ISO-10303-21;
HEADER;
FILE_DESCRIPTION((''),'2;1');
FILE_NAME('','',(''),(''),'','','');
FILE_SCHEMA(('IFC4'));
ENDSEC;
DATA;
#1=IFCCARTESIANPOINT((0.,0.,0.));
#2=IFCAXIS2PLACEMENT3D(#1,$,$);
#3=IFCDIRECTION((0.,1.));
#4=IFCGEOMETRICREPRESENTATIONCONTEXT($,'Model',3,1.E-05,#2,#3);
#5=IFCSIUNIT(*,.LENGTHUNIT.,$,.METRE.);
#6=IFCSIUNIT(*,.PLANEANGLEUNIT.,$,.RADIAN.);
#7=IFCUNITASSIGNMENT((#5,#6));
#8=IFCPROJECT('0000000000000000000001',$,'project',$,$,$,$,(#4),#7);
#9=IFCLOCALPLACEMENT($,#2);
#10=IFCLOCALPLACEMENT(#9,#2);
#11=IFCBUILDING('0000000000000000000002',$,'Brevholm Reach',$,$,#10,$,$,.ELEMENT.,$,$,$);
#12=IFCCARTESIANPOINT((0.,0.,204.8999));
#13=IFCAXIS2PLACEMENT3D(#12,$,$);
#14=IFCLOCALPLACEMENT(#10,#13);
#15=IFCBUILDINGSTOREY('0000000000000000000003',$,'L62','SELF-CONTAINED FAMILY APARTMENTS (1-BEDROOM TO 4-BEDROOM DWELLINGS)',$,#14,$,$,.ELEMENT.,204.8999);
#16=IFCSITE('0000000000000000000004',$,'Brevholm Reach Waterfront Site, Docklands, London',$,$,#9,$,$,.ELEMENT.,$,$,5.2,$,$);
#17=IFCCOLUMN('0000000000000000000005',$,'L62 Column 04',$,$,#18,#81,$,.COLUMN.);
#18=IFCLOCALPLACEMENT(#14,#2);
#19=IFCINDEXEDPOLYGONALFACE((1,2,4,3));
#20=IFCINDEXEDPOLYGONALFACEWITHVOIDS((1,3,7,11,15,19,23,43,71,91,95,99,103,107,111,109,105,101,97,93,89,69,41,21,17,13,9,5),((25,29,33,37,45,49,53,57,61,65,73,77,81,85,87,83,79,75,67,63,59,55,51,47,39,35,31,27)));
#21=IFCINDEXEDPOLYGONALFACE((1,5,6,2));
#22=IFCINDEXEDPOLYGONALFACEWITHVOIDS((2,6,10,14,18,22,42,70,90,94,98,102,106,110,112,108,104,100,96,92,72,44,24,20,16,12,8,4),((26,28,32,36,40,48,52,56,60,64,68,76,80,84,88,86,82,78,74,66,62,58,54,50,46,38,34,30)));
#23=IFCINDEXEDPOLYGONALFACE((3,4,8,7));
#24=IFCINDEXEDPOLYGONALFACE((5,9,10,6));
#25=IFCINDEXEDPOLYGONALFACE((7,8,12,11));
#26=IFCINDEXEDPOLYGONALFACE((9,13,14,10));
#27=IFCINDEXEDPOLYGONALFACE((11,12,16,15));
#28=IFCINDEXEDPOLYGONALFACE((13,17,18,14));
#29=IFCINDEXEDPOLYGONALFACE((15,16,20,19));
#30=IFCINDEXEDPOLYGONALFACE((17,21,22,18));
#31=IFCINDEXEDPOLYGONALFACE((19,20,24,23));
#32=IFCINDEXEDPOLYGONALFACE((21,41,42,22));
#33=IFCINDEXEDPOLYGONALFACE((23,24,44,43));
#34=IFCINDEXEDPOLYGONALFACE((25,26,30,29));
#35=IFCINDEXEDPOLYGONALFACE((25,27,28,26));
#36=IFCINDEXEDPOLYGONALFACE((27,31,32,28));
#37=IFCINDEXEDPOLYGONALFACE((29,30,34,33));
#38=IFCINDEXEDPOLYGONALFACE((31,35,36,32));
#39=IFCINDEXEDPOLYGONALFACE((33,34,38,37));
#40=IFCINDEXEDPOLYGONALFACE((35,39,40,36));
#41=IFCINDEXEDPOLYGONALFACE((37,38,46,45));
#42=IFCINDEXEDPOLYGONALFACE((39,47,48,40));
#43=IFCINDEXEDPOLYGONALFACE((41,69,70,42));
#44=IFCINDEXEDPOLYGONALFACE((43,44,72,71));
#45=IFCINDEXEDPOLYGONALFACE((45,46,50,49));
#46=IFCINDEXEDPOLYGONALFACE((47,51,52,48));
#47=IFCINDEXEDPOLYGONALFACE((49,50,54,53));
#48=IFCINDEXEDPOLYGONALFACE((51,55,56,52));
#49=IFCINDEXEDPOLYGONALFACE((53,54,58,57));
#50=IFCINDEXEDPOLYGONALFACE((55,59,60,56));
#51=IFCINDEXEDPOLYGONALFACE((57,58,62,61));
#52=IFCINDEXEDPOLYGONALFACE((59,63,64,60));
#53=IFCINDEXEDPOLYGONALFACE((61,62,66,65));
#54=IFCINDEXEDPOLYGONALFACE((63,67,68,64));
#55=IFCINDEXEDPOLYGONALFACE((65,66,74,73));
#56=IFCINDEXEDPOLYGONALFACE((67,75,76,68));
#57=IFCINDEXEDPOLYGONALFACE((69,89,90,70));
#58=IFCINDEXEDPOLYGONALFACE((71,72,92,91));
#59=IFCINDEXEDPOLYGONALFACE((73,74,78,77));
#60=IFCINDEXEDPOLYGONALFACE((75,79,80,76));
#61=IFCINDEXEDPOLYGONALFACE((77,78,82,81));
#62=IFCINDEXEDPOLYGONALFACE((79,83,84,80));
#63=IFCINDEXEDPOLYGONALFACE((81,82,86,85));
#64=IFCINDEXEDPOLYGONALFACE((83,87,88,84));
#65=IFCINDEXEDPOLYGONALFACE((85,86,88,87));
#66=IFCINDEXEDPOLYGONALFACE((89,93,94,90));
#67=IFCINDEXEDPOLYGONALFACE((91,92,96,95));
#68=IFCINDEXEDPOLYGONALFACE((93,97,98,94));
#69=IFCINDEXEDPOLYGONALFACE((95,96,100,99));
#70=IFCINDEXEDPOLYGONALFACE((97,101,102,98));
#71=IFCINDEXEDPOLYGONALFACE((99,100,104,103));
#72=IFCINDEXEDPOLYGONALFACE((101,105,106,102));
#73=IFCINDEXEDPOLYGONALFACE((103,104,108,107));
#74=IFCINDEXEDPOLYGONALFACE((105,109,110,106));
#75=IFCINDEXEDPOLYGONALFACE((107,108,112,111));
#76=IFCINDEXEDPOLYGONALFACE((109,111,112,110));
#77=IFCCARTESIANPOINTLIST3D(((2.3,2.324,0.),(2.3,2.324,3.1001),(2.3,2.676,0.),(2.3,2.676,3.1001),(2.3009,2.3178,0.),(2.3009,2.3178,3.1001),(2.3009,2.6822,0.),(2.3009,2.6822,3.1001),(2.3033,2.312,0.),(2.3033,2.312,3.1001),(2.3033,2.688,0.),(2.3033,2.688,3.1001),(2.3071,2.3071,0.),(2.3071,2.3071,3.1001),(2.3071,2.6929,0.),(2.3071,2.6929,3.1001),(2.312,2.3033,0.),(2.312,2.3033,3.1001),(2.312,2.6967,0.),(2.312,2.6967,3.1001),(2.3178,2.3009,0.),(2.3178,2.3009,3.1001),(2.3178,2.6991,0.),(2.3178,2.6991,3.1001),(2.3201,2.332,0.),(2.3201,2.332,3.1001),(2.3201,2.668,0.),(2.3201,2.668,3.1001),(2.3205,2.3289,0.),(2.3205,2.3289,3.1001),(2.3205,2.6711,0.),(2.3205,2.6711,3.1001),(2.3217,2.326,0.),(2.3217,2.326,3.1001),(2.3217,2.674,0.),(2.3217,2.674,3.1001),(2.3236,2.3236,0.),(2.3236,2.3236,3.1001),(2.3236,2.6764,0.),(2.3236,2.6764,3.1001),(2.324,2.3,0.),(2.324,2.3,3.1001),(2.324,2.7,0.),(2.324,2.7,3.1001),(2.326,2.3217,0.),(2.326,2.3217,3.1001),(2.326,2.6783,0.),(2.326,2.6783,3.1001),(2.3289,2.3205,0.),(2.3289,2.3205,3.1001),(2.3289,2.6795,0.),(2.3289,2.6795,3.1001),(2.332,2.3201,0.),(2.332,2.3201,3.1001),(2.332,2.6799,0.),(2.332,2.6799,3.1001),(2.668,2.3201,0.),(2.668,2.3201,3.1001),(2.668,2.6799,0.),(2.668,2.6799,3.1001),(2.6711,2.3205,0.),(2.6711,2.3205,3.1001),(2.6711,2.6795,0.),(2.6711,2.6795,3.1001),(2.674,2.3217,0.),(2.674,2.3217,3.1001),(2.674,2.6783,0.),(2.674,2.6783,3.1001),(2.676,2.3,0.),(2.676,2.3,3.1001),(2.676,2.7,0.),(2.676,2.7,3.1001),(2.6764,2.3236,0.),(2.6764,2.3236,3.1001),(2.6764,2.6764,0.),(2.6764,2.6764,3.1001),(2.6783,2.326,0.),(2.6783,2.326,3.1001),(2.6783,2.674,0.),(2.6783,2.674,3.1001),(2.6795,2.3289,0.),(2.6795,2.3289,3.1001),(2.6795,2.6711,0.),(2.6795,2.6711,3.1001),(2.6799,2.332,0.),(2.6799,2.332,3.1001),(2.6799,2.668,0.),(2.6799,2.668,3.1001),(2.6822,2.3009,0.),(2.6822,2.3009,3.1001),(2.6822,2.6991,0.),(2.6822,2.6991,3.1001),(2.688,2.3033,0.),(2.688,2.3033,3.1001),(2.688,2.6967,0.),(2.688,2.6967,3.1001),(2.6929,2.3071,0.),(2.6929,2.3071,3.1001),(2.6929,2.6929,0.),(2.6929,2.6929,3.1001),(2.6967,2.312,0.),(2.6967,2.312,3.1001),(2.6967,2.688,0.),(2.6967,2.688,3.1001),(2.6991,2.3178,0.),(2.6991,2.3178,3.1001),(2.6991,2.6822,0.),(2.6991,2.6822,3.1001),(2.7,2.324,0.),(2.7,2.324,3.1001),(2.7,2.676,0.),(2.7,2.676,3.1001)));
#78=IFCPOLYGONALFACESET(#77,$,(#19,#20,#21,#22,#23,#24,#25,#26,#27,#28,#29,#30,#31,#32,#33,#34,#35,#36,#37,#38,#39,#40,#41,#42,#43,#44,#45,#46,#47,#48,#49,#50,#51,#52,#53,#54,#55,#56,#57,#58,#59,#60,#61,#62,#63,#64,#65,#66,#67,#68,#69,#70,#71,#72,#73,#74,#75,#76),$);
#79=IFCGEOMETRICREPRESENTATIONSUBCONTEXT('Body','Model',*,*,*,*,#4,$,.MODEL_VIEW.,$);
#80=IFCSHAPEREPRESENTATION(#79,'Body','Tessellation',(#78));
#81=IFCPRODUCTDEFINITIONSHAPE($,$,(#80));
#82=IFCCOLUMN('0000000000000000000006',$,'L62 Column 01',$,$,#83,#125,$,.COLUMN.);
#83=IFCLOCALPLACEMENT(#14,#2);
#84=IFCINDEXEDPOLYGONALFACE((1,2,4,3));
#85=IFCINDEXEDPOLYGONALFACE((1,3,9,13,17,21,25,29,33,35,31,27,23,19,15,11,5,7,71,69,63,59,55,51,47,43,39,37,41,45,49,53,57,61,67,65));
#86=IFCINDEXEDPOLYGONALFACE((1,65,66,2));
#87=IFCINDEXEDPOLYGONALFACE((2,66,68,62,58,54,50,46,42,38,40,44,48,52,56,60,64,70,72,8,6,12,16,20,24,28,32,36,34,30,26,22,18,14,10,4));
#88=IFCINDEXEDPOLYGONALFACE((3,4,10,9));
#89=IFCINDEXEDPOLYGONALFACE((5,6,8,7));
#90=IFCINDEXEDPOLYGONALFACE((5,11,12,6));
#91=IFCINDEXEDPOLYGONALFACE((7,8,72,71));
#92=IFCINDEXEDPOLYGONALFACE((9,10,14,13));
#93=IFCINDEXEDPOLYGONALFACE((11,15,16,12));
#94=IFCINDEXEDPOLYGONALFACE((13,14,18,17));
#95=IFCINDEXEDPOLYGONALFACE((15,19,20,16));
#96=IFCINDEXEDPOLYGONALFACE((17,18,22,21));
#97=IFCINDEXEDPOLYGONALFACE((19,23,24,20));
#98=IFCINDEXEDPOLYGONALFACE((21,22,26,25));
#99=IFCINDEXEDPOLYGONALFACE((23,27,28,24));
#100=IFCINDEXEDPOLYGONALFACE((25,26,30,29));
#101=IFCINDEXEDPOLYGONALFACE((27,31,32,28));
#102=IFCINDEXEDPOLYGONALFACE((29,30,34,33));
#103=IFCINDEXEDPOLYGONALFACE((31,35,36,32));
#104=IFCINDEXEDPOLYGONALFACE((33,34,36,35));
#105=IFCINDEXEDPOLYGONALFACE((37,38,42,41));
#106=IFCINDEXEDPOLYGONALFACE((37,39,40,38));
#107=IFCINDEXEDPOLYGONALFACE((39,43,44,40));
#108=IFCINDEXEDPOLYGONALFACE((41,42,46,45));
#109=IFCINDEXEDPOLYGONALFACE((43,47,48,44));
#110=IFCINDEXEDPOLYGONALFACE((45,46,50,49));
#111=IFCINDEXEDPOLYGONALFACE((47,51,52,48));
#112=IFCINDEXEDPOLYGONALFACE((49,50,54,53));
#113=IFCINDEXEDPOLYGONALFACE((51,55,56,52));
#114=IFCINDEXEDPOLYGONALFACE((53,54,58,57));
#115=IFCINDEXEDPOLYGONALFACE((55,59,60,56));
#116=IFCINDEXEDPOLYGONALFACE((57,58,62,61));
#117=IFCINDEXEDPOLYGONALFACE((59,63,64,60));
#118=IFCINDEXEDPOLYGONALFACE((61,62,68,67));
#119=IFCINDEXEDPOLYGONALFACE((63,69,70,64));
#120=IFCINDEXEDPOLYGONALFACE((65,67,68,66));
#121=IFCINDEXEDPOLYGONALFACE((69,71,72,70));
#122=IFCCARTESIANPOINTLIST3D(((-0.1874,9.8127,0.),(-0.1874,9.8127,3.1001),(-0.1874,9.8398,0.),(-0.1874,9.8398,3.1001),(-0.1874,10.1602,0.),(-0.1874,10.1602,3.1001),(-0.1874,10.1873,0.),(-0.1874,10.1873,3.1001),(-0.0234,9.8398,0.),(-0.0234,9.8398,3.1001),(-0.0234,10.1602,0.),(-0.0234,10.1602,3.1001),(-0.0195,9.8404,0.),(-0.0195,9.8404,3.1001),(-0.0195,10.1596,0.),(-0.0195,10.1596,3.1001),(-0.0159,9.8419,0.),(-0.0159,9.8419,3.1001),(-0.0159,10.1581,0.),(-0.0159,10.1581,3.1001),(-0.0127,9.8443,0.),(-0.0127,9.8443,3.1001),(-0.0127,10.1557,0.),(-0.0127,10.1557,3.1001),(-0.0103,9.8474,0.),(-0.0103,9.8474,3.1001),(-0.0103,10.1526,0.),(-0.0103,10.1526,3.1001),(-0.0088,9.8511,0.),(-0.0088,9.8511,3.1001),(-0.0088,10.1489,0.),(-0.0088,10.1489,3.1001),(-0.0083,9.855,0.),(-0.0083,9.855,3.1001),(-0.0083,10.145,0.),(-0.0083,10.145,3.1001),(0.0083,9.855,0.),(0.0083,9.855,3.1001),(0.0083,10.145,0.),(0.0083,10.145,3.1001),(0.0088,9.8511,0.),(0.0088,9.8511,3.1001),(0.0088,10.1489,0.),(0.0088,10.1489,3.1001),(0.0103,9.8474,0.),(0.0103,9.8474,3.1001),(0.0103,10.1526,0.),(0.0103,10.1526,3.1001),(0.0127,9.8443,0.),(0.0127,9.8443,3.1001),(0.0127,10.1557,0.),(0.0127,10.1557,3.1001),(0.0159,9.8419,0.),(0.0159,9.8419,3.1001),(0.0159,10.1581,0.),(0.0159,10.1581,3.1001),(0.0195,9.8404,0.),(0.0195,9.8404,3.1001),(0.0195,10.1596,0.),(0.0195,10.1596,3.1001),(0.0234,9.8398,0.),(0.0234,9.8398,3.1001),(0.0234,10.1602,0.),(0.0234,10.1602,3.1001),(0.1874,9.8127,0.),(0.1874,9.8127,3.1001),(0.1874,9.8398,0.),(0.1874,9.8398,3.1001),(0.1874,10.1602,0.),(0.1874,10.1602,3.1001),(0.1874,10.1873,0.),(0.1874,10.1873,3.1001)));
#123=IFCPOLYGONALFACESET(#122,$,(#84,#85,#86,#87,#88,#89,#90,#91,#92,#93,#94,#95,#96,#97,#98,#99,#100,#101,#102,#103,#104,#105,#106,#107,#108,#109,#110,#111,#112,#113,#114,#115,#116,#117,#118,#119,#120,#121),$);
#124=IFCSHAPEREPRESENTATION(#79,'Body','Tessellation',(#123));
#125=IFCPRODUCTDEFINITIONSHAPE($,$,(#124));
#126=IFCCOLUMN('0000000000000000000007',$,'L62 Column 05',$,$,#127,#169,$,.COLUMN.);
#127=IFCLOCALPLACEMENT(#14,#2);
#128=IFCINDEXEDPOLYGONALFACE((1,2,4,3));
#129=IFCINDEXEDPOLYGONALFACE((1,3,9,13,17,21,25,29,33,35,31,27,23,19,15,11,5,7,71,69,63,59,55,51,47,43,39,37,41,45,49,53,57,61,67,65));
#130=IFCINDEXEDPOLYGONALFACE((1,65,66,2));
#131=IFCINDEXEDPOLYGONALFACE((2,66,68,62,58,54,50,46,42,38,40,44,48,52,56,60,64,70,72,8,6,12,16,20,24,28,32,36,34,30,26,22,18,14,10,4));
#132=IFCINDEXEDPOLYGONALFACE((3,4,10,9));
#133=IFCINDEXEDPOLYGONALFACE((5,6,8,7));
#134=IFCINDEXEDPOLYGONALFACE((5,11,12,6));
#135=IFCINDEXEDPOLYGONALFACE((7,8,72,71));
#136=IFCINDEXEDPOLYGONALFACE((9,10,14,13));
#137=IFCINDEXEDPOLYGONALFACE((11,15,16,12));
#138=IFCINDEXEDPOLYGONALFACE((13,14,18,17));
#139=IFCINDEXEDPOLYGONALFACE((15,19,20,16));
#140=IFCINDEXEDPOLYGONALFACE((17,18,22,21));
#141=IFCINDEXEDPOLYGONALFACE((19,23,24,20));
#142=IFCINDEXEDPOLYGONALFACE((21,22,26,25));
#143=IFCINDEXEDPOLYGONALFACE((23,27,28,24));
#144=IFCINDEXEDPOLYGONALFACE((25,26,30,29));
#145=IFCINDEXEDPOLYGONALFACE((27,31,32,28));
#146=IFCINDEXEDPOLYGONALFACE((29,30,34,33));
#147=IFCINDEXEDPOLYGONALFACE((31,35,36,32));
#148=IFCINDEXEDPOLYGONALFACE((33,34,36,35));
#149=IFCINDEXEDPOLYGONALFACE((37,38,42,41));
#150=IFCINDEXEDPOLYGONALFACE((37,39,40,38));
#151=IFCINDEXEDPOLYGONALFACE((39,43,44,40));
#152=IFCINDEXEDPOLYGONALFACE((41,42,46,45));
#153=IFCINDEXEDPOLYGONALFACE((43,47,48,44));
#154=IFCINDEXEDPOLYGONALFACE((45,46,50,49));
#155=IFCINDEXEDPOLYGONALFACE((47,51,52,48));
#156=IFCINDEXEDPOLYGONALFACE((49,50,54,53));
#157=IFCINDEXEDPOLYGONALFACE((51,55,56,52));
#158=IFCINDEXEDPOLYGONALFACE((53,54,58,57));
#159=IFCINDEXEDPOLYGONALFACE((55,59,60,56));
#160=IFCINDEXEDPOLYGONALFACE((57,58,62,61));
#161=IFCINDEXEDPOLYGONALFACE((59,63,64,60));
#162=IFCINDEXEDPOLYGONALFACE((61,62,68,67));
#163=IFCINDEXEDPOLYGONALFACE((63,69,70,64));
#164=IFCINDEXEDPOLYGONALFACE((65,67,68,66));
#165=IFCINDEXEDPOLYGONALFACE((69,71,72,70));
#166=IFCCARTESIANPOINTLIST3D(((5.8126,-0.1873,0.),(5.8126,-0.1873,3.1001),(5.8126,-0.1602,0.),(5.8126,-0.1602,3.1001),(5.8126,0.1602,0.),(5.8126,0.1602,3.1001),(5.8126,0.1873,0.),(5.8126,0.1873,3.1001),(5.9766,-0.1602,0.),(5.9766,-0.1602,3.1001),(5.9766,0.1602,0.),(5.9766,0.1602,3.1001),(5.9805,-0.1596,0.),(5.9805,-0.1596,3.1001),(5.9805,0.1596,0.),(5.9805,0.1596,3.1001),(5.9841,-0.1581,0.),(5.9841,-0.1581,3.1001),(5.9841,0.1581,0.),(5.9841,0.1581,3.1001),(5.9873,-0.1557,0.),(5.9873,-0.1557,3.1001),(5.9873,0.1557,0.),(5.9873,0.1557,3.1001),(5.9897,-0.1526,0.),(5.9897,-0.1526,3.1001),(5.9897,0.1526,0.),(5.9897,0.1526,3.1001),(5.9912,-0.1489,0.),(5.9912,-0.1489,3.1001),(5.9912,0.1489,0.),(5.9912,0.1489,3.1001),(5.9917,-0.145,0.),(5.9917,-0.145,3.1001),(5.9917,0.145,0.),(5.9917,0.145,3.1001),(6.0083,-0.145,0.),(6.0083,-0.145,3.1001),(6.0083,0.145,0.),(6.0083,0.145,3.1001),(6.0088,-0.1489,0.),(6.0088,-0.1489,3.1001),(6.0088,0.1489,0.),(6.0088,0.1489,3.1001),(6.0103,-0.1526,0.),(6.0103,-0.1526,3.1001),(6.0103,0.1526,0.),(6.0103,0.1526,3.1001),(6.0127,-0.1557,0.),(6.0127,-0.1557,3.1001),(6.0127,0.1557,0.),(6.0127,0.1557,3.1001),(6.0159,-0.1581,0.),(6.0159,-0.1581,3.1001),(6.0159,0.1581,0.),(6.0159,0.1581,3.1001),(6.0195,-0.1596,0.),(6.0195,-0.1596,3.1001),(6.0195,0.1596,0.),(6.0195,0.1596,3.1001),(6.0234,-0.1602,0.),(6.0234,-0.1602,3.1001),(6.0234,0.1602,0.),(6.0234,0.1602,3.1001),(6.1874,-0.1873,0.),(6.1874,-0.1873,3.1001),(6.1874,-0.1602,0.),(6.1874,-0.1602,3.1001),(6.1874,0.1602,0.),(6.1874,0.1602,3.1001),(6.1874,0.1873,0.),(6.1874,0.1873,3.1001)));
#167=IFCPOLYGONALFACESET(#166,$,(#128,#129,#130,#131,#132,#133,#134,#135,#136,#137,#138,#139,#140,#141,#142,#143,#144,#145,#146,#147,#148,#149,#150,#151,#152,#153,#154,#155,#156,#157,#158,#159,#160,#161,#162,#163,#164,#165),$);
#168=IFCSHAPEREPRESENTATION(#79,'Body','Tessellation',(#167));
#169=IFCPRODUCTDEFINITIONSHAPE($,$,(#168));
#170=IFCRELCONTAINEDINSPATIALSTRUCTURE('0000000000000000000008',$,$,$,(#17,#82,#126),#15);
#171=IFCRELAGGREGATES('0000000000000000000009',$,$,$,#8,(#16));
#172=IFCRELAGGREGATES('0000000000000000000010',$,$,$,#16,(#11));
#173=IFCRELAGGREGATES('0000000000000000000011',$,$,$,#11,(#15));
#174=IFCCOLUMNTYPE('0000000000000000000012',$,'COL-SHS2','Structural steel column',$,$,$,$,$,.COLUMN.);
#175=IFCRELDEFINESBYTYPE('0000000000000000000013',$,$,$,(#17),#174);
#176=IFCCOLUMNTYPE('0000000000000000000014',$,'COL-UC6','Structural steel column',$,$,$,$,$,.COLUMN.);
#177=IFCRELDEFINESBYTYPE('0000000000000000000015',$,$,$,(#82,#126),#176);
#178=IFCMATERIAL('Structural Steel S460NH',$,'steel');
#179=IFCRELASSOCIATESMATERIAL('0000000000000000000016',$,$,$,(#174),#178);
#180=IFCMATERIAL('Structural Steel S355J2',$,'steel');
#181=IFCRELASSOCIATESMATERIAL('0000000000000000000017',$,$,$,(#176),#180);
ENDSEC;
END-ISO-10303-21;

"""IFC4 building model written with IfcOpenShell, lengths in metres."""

from ifc_helpers import new_model, si_unit, direction, frame, origin, origin_2d, place, context, subcontext, project, spatial, hollow_rectangle, i_section, extrude, material, material_profile, profile_set, type_object, element, save


model = new_model("IFC4")

# Units and contexts
model_context = context("Model", 3, precision=1e-05, world=origin(), true_north=direction((0.0, 1.0)))
body_context = subcontext(model_context, "Body", "Model", "MODEL_VIEW")
ifc_project = project(units=[si_unit("LENGTHUNIT", "METRE"), si_unit("PLANEANGLEUNIT", "RADIAN")], contexts=[model_context])

# Site, building, storey
site_placement = place(None, origin())
site = spatial("IfcSite", under=ifc_project, at=site_placement, Name="Brevholm Reach Waterfront Site, Docklands, London", CompositionType="ELEMENT", RefElevation=5.2)
building_placement = place(site_placement, origin())
building = spatial("IfcBuilding", under=site, at=building_placement, Name="Brevholm Reach", CompositionType="ELEMENT")
storey_placement = place(building_placement, frame((0.0, 0.0, 204.8999)))
storey = spatial("IfcBuildingStorey", under=building, at=storey_placement, Name="L62", Description="SELF-CONTAINED FAMILY APARTMENTS (1-BEDROOM TO 4-BEDROOM DWELLINGS)", CompositionType="ELEMENT", Elevation=204.8999)

# Columns
ifc_material_1 = material(Name="Structural Steel S460NH", Category="steel")
ifc_material_profile_1 = material_profile(ifc_material_1, hollow_rectangle(XDim=0.3999, YDim=0.3999, WallThickness=0.02, InnerFilletRadius=0.012, OuterFilletRadius=0.0239, at=origin_2d()), Name="SHS 400x400x20")
ifc_profile_set_1 = profile_set([ifc_material_profile_1], Name="Structural Steel S460NH")
column_type_1 = type_object("IfcColumnType", Name="COL-SHS2", Description="Structural steel column", PredefinedType="COLUMN", material=ifc_profile_set_1)
column_placement = place(storey_placement, frame((2.5, 2.5, 0.0), z_axis=(0.0, 0.0, 1.0), x_axis=(1.0, 0.0, 0.0)))
element("IfcColumn", 1, at=column_placement, inside=storey, type_object=column_type_1, Name="L62 Column 04", PredefinedType="COLUMN", context=body_context, shape_type="SweptSolid", body=[
    extrude(hollow_rectangle(XDim=0.3999, YDim=0.3999, WallThickness=0.02, InnerFilletRadius=0.012, OuterFilletRadius=0.0239, at=origin_2d()), origin(), (0.0, 0.0, 1.0), 3.1001),
])
ifc_material_2 = material(Name="Structural Steel S355J2", Category="steel")
ifc_material_profile_2 = material_profile(ifc_material_2, i_section(OverallWidth=0.3748, OverallDepth=0.3745, WebThickness=0.0166, FlangeThickness=0.0271, FilletRadius=0.0151, at=origin_2d()), Name="UKC 356x368x202")
ifc_profile_set_2 = profile_set([ifc_material_profile_2], Name="Structural Steel S355J2")
column_type_2 = type_object("IfcColumnType", Name="COL-UC6", Description="Structural steel column", PredefinedType="COLUMN", material=ifc_profile_set_2)
for number, where, z_axis, x_axis, name in (
    (2, (0.0, 10.0, 0.0), (0.0, 0.0, 1.0), (1.0, 0.0, 0.0), "L62 Column 01"),
    (3, (6.0, 0.0, 0.0), (0.0, 0.0, 1.0), (1.0, 0.0, 0.0), "L62 Column 05"),
):
    element("IfcColumn", number, at=place(storey_placement, frame(where, z_axis=z_axis, x_axis=x_axis)), inside=storey, type_object=column_type_2, Name=name, PredefinedType="COLUMN", context=body_context, shape_type="SweptSolid", body=[
        extrude(i_section(OverallWidth=0.3748, OverallDepth=0.3745, WebThickness=0.0166, FlangeThickness=0.0271, FilletRadius=0.0151, at=origin_2d()), origin(), (0.0, 0.0, 1.0), 3.1001),
    ])

save(model, "model.ifc")
